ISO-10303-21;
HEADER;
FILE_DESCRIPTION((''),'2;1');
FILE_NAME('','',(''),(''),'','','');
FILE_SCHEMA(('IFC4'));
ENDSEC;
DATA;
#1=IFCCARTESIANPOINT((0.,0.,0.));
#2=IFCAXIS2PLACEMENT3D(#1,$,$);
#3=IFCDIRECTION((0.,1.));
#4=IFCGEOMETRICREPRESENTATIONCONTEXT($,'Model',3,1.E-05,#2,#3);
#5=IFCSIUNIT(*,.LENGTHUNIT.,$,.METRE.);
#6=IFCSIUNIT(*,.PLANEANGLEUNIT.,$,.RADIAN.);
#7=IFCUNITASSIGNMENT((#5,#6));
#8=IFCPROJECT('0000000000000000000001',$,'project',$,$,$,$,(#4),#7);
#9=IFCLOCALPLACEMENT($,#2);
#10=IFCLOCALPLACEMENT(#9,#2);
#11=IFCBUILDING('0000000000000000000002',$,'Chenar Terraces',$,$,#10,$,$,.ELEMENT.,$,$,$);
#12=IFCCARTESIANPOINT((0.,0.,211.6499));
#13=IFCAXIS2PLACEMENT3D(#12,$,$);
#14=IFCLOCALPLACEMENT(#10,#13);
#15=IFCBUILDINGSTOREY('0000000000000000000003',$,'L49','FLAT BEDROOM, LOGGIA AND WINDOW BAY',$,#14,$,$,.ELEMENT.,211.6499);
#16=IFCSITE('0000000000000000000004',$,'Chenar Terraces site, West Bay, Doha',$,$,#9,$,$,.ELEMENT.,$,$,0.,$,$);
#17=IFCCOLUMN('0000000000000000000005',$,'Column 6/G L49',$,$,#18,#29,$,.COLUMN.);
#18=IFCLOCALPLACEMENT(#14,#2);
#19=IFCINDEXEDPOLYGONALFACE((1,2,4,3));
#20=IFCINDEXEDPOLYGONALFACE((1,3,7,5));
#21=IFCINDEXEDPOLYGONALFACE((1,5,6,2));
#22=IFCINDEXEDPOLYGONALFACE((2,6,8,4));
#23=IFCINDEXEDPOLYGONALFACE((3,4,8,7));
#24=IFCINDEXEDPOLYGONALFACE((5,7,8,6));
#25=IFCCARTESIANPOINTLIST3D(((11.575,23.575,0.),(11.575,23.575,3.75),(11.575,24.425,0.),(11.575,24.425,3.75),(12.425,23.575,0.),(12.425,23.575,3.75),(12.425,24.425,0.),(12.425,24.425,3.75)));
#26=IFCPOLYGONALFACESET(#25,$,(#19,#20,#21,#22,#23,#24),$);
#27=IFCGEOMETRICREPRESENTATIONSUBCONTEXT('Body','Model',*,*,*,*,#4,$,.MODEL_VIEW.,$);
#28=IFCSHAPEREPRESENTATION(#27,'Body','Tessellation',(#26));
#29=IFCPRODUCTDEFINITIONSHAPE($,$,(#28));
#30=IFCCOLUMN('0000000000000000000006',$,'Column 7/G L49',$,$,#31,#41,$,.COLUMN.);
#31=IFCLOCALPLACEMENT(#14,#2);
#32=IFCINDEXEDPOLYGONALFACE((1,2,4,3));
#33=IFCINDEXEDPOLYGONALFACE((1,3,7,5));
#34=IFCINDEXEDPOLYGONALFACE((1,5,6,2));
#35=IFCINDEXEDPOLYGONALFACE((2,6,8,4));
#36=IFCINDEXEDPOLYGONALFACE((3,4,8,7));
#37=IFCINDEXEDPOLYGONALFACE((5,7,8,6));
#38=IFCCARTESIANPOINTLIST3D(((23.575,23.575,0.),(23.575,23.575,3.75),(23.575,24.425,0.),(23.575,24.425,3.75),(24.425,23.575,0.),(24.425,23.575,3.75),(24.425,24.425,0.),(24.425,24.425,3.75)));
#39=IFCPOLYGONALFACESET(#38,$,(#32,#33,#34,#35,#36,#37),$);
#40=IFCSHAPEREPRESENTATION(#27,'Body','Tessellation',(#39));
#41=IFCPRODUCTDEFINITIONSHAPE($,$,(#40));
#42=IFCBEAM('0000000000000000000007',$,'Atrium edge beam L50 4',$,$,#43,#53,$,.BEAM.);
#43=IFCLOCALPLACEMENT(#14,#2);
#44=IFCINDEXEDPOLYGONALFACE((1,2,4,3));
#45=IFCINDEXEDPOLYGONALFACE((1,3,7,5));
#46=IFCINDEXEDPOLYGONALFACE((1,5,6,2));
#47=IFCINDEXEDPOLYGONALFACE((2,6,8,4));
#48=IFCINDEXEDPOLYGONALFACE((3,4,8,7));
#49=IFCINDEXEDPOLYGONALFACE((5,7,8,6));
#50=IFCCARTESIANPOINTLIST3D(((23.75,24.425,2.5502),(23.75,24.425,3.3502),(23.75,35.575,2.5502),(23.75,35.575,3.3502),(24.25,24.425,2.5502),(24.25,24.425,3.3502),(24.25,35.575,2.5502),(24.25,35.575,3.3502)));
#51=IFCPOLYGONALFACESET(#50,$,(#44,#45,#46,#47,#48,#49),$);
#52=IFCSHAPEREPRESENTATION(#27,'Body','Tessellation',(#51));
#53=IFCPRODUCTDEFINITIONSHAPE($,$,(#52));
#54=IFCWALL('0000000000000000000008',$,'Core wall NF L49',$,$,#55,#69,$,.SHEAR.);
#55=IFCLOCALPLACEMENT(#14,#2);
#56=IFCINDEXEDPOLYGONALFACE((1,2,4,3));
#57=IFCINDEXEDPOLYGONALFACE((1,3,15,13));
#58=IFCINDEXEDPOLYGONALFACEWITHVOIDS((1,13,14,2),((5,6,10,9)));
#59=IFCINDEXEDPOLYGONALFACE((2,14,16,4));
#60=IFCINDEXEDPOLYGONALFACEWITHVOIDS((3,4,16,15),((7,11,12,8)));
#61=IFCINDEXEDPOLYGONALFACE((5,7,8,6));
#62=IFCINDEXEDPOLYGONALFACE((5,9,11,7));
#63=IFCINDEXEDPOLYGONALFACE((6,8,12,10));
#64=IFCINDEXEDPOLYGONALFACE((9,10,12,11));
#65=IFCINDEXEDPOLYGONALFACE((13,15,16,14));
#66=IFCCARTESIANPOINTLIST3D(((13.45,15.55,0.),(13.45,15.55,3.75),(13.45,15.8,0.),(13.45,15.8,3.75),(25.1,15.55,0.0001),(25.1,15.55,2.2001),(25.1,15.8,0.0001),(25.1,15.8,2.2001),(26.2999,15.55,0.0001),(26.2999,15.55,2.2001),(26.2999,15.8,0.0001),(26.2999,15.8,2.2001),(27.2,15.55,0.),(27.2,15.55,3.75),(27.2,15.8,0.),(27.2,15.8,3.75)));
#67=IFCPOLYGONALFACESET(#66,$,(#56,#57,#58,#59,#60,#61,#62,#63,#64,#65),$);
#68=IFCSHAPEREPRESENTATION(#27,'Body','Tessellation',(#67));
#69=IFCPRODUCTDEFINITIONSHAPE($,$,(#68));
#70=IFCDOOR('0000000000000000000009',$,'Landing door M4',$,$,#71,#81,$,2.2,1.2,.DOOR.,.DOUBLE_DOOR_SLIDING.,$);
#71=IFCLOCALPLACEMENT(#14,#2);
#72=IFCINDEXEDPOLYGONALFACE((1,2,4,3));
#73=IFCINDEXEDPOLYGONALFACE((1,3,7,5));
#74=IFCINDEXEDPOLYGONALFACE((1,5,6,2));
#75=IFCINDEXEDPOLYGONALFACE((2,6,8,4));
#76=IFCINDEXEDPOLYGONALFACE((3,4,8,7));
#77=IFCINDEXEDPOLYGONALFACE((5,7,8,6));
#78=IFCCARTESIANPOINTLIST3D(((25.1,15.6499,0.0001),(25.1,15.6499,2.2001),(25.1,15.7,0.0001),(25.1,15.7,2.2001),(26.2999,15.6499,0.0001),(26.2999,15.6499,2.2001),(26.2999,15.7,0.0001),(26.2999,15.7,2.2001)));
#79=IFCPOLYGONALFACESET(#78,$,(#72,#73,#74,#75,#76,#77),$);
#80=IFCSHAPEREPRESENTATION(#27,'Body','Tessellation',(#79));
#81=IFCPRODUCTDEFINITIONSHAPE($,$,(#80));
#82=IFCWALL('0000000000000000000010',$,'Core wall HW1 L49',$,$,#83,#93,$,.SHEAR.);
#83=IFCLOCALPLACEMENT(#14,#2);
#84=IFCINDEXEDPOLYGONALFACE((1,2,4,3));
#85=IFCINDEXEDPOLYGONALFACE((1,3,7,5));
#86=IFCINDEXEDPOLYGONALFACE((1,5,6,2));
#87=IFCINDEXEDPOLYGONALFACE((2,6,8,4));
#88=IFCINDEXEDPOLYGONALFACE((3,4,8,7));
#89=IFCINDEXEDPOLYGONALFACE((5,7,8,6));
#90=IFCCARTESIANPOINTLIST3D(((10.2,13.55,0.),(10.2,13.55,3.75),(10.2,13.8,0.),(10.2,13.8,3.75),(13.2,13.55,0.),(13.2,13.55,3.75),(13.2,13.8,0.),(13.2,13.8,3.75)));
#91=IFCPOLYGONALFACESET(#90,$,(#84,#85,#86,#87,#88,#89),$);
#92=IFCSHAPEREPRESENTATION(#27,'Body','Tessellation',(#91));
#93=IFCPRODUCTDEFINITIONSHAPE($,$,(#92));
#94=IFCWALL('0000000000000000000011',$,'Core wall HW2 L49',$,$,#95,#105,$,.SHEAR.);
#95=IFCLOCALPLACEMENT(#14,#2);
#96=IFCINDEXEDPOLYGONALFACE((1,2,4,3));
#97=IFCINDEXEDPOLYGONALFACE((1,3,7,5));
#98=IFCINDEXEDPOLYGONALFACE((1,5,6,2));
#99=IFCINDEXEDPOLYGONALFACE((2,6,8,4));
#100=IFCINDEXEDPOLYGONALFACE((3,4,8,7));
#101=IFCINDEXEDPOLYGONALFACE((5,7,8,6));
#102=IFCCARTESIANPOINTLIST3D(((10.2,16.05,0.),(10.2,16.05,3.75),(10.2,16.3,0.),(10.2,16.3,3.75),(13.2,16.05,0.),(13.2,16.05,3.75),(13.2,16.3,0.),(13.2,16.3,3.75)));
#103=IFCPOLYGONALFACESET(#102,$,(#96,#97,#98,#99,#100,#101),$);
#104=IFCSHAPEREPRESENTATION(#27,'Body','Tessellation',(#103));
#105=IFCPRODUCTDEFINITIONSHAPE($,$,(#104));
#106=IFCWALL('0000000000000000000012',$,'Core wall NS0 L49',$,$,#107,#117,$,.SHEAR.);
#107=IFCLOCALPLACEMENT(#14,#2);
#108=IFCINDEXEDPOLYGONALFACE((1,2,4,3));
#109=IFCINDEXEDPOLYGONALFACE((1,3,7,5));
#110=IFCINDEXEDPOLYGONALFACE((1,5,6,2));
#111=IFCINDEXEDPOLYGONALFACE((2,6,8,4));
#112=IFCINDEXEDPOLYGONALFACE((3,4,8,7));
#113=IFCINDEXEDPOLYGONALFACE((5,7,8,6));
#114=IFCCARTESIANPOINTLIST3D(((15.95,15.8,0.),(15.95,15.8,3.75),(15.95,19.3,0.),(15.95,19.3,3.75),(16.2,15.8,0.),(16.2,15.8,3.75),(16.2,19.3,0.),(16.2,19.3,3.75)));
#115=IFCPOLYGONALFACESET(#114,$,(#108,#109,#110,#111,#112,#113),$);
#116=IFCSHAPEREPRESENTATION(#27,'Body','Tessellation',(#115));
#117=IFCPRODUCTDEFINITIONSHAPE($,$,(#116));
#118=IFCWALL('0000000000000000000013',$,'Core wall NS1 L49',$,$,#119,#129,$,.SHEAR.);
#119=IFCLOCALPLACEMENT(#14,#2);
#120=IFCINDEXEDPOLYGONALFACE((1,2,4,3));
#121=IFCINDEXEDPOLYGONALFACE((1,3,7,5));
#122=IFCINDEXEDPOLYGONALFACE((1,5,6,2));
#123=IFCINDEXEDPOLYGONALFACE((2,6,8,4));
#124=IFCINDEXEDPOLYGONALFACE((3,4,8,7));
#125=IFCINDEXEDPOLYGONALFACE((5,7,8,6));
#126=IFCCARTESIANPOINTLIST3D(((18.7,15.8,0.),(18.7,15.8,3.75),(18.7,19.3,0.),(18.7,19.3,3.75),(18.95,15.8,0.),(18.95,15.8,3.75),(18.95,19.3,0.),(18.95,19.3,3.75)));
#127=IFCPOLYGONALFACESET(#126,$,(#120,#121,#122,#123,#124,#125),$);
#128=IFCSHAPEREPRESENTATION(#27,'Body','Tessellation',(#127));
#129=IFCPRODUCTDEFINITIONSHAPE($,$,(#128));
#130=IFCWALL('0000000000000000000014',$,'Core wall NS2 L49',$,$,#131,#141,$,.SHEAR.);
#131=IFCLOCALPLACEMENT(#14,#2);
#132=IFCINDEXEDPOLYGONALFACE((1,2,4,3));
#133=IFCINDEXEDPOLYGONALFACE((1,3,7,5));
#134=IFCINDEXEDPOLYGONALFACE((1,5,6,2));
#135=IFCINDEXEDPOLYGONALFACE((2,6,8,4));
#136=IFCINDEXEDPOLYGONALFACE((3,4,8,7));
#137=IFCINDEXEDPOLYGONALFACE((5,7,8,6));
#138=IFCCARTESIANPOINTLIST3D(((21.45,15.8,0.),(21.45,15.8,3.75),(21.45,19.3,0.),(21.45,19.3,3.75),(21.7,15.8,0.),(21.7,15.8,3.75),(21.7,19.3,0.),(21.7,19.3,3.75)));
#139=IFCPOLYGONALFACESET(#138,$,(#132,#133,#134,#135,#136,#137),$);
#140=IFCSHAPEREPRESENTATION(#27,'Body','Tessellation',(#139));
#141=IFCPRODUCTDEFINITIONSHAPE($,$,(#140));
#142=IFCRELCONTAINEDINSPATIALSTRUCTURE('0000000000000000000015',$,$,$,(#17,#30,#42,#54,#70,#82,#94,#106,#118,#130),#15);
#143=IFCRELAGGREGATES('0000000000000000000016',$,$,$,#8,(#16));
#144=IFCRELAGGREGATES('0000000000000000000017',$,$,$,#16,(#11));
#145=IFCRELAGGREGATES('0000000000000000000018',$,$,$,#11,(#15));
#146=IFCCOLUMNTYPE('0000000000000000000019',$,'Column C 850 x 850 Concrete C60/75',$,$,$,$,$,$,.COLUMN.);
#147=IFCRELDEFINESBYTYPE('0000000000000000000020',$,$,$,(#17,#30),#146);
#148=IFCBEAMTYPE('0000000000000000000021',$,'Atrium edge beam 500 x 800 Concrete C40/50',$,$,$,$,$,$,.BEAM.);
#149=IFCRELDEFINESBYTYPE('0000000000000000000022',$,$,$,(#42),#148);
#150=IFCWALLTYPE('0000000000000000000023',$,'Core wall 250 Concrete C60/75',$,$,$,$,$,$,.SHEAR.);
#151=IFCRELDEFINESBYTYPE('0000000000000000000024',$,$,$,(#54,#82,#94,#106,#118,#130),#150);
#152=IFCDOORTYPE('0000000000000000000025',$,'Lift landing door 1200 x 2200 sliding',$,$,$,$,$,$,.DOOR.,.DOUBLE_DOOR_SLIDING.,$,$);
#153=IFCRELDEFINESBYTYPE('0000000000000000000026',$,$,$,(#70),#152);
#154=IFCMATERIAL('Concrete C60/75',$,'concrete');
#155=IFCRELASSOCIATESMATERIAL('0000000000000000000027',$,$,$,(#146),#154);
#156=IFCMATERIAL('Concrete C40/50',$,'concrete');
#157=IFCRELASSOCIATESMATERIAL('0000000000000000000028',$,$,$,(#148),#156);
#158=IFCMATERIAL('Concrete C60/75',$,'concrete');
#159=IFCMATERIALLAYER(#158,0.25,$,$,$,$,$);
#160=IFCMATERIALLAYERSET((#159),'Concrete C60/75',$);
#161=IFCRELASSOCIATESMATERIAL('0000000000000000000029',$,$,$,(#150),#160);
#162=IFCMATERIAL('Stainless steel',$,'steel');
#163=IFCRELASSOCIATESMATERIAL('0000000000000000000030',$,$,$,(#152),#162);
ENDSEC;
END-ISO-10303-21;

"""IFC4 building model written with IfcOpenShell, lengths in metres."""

from ifc_helpers import new_model, si_unit, direction, frame, frame_2d, origin, origin_2d, place, context, subcontext, project, spatial, rectangle, extrude, material, layer, layer_set, material_profile, profile_set, type_object, element, fill, save


model = new_model("IFC4")

# Units and contexts
model_context = context("Model", 3, precision=1e-05, world=origin(), true_north=direction((0.0, 1.0)))
body_context = subcontext(model_context, "Body", "Model", "MODEL_VIEW")
ifc_project = project(units=[si_unit("LENGTHUNIT", "METRE"), si_unit("PLANEANGLEUNIT", "RADIAN")], contexts=[model_context])

# Site, building, storey
site_placement = place(None, origin())
site = spatial("IfcSite", under=ifc_project, at=site_placement, Name="Chenar Terraces site, West Bay, Doha", CompositionType="ELEMENT", RefElevation=0.0)
building_placement = place(site_placement, origin())
building = spatial("IfcBuilding", under=site, at=building_placement, Name="Chenar Terraces", CompositionType="ELEMENT")
storey_placement = place(building_placement, frame((0.0, 0.0, 211.6499)))
storey = spatial("IfcBuildingStorey", under=building, at=storey_placement, Name="L49", Description="FLAT BEDROOM, LOGGIA AND WINDOW BAY", CompositionType="ELEMENT", Elevation=211.6499)

# Columns
ifc_material_1 = material(Name="Concrete C60/75", Category="concrete")
ifc_material_profile_1 = material_profile(ifc_material_1, rectangle(XDim=0.8501, YDim=0.8501, at=origin_2d()), Name="C 850 x 850")
ifc_profile_set_1 = profile_set([ifc_material_profile_1], Name="Concrete C60/75")
column_type = type_object("IfcColumnType", Name="Column C 850 x 850 Concrete C60/75", PredefinedType="COLUMN", material=ifc_profile_set_1)
for number, where, z_axis, x_axis, name in (
    (1, (12.0, 24.0, 0.0), (0.0, 0.0, 1.0), (1.0, 0.0, 0.0), "Column 6/G L49"),
    (2, (24.0, 24.0, 0.0), (0.0, 0.0, 1.0), (1.0, 0.0, 0.0), "Column 7/G L49"),
):
    element("IfcColumn", number, at=place(storey_placement, frame(where, z_axis=z_axis, x_axis=x_axis)), inside=storey, type_object=column_type, Name=name, PredefinedType="COLUMN", context=body_context, shape_type="SweptSolid", body=[
        extrude(rectangle(XDim=0.8501, YDim=0.8501, at=origin_2d()), origin(), (0.0, 0.0, 1.0), 3.75),
    ])

# Beam
ifc_material_2 = material(Name="Concrete C40/50", Category="concrete")
ifc_material_profile_2 = material_profile(ifc_material_2, rectangle(XDim=0.5, YDim=0.8, at=origin_2d()), Name="RC 500 x 800")
ifc_profile_set_2 = profile_set([ifc_material_profile_2], Name="Concrete C40/50")
beam_type = type_object("IfcBeamType", Name="Atrium edge beam 500 x 800 Concrete C40/50", PredefinedType="BEAM", material=ifc_profile_set_2)
beam_placement = place(storey_placement, frame((24.0, 35.575, 2.9502), z_axis=(0.0, -1.0, 0.0), x_axis=(1.0, 0.0, 0.0)))
element("IfcBeam", 3, at=beam_placement, inside=storey, type_object=beam_type, Name="Atrium edge beam L50 4", PredefinedType="BEAM", context=body_context, shape_type="SweptSolid", body=[
    extrude(rectangle(XDim=0.5, YDim=0.8, at=origin_2d()), origin(), (0.0, 0.0, 1.0), 11.1499),
])

# Wall, opening, door
ifc_material_3 = material(Name="Concrete C60/75", Category="concrete")
ifc_layer_1 = layer(ifc_material_3, 0.25)
ifc_layer_set_1 = layer_set([ifc_layer_1], Name="Concrete C60/75")
wall_type_1 = type_object("IfcWallType", Name="Core wall 250 Concrete C60/75", PredefinedType="SHEAR", material=ifc_layer_set_1)
wall_1_placement = place(storey_placement, frame((13.45, 15.675, 0.0), z_axis=(0.0, 0.0, 1.0), x_axis=(1.0, 0.0, 0.0)))
wall_1 = element("IfcWall", 4, at=wall_1_placement, inside=storey, type_object=wall_type_1, Name="Core wall NF L49", PredefinedType="SHEAR", context=body_context, shape_type="SweptSolid", body=[
    extrude(rectangle(XDim=13.75, YDim=0.25, at=frame_2d((6.875, 0.0))), origin(), (0.0, 0.0, 1.0), 3.75),
])
opening_1_placement = place(wall_1_placement, frame((11.6499, 0.0, 0.0)))
opening_1 = element("IfcOpeningElement", 5, at=opening_1_placement, cuts=wall_1, PredefinedType="OPENING", context=body_context, shape_type="SweptSolid", body=[
    extrude(rectangle(XDim=1.2, YDim=2.2, at=frame_2d((0.6001, 1.1001))), frame((0.0, 0.135, 0.0), z_axis=(0.0, -1.0, 0.0), x_axis=(1.0, 0.0, 0.0)), (0.0, 0.0, 1.0), 0.27),
])
ifc_material_4 = material(Name="Stainless steel", Category="steel")
door_type_1 = type_object("IfcDoorType", Name="Lift landing door 1200 x 2200 sliding", OperationType="DOUBLE_DOOR_SLIDING", PredefinedType="DOOR", material=ifc_material_4)
door_1_placement = place(opening_1_placement, origin())
door_1 = element("IfcDoor", 6, at=door_1_placement, inside=storey, type_object=door_type_1, Name="Landing door M4", OperationType="DOUBLE_DOOR_SLIDING", OverallHeight=2.2, OverallWidth=1.2, PredefinedType="DOOR", context=body_context, shape_type="SweptSolid", body=[
    extrude(rectangle(XDim=1.2, YDim=2.2, at=frame_2d((0.6001, 1.1001))), frame((0.0, 0.0249, 0.0), z_axis=(0.0, -1.0, 0.0), x_axis=(1.0, 0.0, 0.0)), (0.0, 0.0, 1.0), 0.05),
])
fill(opening_1, door_1)

# Walls
for number, where, z_axis, x_axis, name in (
    (7, (10.2, 13.675, 0.0), (0.0, 0.0, 1.0), (1.0, 0.0, 0.0), "Core wall HW1 L49"),
    (8, (10.2, 16.175, 0.0), (0.0, 0.0, 1.0), (1.0, 0.0, 0.0), "Core wall HW2 L49"),
):
    element("IfcWall", number, at=place(storey_placement, frame(where, z_axis=z_axis, x_axis=x_axis)), inside=storey, type_object=wall_type_1, Name=name, PredefinedType="SHEAR", context=body_context, shape_type="SweptSolid", body=[
        extrude(rectangle(XDim=3.0, YDim=0.25, at=frame_2d((1.5, 0.0))), origin(), (0.0, 0.0, 1.0), 3.75),
    ])
for number, where, z_axis, x_axis, name in (
    (9, (16.075, 15.8, 0.0), (0.0, 0.0, 1.0), (0.0, 1.0, 0.0), "Core wall NS0 L49"),
    (10, (18.825, 15.8, 0.0), (0.0, 0.0, 1.0), (0.0, 1.0, 0.0), "Core wall NS1 L49"),
    (11, (21.575, 15.8, 0.0), (0.0, 0.0, 1.0), (0.0, 1.0, 0.0), "Core wall NS2 L49"),
):
    element("IfcWall", number, at=place(storey_placement, frame(where, z_axis=z_axis, x_axis=x_axis)), inside=storey, type_object=wall_type_1, Name=name, PredefinedType="SHEAR", context=body_context, shape_type="SweptSolid", body=[
        extrude(rectangle(XDim=3.5, YDim=0.25, at=frame_2d((1.75, 0.0))), origin(), (0.0, 0.0, 1.0), 3.75),
    ])

save(model, "model.ifc")
